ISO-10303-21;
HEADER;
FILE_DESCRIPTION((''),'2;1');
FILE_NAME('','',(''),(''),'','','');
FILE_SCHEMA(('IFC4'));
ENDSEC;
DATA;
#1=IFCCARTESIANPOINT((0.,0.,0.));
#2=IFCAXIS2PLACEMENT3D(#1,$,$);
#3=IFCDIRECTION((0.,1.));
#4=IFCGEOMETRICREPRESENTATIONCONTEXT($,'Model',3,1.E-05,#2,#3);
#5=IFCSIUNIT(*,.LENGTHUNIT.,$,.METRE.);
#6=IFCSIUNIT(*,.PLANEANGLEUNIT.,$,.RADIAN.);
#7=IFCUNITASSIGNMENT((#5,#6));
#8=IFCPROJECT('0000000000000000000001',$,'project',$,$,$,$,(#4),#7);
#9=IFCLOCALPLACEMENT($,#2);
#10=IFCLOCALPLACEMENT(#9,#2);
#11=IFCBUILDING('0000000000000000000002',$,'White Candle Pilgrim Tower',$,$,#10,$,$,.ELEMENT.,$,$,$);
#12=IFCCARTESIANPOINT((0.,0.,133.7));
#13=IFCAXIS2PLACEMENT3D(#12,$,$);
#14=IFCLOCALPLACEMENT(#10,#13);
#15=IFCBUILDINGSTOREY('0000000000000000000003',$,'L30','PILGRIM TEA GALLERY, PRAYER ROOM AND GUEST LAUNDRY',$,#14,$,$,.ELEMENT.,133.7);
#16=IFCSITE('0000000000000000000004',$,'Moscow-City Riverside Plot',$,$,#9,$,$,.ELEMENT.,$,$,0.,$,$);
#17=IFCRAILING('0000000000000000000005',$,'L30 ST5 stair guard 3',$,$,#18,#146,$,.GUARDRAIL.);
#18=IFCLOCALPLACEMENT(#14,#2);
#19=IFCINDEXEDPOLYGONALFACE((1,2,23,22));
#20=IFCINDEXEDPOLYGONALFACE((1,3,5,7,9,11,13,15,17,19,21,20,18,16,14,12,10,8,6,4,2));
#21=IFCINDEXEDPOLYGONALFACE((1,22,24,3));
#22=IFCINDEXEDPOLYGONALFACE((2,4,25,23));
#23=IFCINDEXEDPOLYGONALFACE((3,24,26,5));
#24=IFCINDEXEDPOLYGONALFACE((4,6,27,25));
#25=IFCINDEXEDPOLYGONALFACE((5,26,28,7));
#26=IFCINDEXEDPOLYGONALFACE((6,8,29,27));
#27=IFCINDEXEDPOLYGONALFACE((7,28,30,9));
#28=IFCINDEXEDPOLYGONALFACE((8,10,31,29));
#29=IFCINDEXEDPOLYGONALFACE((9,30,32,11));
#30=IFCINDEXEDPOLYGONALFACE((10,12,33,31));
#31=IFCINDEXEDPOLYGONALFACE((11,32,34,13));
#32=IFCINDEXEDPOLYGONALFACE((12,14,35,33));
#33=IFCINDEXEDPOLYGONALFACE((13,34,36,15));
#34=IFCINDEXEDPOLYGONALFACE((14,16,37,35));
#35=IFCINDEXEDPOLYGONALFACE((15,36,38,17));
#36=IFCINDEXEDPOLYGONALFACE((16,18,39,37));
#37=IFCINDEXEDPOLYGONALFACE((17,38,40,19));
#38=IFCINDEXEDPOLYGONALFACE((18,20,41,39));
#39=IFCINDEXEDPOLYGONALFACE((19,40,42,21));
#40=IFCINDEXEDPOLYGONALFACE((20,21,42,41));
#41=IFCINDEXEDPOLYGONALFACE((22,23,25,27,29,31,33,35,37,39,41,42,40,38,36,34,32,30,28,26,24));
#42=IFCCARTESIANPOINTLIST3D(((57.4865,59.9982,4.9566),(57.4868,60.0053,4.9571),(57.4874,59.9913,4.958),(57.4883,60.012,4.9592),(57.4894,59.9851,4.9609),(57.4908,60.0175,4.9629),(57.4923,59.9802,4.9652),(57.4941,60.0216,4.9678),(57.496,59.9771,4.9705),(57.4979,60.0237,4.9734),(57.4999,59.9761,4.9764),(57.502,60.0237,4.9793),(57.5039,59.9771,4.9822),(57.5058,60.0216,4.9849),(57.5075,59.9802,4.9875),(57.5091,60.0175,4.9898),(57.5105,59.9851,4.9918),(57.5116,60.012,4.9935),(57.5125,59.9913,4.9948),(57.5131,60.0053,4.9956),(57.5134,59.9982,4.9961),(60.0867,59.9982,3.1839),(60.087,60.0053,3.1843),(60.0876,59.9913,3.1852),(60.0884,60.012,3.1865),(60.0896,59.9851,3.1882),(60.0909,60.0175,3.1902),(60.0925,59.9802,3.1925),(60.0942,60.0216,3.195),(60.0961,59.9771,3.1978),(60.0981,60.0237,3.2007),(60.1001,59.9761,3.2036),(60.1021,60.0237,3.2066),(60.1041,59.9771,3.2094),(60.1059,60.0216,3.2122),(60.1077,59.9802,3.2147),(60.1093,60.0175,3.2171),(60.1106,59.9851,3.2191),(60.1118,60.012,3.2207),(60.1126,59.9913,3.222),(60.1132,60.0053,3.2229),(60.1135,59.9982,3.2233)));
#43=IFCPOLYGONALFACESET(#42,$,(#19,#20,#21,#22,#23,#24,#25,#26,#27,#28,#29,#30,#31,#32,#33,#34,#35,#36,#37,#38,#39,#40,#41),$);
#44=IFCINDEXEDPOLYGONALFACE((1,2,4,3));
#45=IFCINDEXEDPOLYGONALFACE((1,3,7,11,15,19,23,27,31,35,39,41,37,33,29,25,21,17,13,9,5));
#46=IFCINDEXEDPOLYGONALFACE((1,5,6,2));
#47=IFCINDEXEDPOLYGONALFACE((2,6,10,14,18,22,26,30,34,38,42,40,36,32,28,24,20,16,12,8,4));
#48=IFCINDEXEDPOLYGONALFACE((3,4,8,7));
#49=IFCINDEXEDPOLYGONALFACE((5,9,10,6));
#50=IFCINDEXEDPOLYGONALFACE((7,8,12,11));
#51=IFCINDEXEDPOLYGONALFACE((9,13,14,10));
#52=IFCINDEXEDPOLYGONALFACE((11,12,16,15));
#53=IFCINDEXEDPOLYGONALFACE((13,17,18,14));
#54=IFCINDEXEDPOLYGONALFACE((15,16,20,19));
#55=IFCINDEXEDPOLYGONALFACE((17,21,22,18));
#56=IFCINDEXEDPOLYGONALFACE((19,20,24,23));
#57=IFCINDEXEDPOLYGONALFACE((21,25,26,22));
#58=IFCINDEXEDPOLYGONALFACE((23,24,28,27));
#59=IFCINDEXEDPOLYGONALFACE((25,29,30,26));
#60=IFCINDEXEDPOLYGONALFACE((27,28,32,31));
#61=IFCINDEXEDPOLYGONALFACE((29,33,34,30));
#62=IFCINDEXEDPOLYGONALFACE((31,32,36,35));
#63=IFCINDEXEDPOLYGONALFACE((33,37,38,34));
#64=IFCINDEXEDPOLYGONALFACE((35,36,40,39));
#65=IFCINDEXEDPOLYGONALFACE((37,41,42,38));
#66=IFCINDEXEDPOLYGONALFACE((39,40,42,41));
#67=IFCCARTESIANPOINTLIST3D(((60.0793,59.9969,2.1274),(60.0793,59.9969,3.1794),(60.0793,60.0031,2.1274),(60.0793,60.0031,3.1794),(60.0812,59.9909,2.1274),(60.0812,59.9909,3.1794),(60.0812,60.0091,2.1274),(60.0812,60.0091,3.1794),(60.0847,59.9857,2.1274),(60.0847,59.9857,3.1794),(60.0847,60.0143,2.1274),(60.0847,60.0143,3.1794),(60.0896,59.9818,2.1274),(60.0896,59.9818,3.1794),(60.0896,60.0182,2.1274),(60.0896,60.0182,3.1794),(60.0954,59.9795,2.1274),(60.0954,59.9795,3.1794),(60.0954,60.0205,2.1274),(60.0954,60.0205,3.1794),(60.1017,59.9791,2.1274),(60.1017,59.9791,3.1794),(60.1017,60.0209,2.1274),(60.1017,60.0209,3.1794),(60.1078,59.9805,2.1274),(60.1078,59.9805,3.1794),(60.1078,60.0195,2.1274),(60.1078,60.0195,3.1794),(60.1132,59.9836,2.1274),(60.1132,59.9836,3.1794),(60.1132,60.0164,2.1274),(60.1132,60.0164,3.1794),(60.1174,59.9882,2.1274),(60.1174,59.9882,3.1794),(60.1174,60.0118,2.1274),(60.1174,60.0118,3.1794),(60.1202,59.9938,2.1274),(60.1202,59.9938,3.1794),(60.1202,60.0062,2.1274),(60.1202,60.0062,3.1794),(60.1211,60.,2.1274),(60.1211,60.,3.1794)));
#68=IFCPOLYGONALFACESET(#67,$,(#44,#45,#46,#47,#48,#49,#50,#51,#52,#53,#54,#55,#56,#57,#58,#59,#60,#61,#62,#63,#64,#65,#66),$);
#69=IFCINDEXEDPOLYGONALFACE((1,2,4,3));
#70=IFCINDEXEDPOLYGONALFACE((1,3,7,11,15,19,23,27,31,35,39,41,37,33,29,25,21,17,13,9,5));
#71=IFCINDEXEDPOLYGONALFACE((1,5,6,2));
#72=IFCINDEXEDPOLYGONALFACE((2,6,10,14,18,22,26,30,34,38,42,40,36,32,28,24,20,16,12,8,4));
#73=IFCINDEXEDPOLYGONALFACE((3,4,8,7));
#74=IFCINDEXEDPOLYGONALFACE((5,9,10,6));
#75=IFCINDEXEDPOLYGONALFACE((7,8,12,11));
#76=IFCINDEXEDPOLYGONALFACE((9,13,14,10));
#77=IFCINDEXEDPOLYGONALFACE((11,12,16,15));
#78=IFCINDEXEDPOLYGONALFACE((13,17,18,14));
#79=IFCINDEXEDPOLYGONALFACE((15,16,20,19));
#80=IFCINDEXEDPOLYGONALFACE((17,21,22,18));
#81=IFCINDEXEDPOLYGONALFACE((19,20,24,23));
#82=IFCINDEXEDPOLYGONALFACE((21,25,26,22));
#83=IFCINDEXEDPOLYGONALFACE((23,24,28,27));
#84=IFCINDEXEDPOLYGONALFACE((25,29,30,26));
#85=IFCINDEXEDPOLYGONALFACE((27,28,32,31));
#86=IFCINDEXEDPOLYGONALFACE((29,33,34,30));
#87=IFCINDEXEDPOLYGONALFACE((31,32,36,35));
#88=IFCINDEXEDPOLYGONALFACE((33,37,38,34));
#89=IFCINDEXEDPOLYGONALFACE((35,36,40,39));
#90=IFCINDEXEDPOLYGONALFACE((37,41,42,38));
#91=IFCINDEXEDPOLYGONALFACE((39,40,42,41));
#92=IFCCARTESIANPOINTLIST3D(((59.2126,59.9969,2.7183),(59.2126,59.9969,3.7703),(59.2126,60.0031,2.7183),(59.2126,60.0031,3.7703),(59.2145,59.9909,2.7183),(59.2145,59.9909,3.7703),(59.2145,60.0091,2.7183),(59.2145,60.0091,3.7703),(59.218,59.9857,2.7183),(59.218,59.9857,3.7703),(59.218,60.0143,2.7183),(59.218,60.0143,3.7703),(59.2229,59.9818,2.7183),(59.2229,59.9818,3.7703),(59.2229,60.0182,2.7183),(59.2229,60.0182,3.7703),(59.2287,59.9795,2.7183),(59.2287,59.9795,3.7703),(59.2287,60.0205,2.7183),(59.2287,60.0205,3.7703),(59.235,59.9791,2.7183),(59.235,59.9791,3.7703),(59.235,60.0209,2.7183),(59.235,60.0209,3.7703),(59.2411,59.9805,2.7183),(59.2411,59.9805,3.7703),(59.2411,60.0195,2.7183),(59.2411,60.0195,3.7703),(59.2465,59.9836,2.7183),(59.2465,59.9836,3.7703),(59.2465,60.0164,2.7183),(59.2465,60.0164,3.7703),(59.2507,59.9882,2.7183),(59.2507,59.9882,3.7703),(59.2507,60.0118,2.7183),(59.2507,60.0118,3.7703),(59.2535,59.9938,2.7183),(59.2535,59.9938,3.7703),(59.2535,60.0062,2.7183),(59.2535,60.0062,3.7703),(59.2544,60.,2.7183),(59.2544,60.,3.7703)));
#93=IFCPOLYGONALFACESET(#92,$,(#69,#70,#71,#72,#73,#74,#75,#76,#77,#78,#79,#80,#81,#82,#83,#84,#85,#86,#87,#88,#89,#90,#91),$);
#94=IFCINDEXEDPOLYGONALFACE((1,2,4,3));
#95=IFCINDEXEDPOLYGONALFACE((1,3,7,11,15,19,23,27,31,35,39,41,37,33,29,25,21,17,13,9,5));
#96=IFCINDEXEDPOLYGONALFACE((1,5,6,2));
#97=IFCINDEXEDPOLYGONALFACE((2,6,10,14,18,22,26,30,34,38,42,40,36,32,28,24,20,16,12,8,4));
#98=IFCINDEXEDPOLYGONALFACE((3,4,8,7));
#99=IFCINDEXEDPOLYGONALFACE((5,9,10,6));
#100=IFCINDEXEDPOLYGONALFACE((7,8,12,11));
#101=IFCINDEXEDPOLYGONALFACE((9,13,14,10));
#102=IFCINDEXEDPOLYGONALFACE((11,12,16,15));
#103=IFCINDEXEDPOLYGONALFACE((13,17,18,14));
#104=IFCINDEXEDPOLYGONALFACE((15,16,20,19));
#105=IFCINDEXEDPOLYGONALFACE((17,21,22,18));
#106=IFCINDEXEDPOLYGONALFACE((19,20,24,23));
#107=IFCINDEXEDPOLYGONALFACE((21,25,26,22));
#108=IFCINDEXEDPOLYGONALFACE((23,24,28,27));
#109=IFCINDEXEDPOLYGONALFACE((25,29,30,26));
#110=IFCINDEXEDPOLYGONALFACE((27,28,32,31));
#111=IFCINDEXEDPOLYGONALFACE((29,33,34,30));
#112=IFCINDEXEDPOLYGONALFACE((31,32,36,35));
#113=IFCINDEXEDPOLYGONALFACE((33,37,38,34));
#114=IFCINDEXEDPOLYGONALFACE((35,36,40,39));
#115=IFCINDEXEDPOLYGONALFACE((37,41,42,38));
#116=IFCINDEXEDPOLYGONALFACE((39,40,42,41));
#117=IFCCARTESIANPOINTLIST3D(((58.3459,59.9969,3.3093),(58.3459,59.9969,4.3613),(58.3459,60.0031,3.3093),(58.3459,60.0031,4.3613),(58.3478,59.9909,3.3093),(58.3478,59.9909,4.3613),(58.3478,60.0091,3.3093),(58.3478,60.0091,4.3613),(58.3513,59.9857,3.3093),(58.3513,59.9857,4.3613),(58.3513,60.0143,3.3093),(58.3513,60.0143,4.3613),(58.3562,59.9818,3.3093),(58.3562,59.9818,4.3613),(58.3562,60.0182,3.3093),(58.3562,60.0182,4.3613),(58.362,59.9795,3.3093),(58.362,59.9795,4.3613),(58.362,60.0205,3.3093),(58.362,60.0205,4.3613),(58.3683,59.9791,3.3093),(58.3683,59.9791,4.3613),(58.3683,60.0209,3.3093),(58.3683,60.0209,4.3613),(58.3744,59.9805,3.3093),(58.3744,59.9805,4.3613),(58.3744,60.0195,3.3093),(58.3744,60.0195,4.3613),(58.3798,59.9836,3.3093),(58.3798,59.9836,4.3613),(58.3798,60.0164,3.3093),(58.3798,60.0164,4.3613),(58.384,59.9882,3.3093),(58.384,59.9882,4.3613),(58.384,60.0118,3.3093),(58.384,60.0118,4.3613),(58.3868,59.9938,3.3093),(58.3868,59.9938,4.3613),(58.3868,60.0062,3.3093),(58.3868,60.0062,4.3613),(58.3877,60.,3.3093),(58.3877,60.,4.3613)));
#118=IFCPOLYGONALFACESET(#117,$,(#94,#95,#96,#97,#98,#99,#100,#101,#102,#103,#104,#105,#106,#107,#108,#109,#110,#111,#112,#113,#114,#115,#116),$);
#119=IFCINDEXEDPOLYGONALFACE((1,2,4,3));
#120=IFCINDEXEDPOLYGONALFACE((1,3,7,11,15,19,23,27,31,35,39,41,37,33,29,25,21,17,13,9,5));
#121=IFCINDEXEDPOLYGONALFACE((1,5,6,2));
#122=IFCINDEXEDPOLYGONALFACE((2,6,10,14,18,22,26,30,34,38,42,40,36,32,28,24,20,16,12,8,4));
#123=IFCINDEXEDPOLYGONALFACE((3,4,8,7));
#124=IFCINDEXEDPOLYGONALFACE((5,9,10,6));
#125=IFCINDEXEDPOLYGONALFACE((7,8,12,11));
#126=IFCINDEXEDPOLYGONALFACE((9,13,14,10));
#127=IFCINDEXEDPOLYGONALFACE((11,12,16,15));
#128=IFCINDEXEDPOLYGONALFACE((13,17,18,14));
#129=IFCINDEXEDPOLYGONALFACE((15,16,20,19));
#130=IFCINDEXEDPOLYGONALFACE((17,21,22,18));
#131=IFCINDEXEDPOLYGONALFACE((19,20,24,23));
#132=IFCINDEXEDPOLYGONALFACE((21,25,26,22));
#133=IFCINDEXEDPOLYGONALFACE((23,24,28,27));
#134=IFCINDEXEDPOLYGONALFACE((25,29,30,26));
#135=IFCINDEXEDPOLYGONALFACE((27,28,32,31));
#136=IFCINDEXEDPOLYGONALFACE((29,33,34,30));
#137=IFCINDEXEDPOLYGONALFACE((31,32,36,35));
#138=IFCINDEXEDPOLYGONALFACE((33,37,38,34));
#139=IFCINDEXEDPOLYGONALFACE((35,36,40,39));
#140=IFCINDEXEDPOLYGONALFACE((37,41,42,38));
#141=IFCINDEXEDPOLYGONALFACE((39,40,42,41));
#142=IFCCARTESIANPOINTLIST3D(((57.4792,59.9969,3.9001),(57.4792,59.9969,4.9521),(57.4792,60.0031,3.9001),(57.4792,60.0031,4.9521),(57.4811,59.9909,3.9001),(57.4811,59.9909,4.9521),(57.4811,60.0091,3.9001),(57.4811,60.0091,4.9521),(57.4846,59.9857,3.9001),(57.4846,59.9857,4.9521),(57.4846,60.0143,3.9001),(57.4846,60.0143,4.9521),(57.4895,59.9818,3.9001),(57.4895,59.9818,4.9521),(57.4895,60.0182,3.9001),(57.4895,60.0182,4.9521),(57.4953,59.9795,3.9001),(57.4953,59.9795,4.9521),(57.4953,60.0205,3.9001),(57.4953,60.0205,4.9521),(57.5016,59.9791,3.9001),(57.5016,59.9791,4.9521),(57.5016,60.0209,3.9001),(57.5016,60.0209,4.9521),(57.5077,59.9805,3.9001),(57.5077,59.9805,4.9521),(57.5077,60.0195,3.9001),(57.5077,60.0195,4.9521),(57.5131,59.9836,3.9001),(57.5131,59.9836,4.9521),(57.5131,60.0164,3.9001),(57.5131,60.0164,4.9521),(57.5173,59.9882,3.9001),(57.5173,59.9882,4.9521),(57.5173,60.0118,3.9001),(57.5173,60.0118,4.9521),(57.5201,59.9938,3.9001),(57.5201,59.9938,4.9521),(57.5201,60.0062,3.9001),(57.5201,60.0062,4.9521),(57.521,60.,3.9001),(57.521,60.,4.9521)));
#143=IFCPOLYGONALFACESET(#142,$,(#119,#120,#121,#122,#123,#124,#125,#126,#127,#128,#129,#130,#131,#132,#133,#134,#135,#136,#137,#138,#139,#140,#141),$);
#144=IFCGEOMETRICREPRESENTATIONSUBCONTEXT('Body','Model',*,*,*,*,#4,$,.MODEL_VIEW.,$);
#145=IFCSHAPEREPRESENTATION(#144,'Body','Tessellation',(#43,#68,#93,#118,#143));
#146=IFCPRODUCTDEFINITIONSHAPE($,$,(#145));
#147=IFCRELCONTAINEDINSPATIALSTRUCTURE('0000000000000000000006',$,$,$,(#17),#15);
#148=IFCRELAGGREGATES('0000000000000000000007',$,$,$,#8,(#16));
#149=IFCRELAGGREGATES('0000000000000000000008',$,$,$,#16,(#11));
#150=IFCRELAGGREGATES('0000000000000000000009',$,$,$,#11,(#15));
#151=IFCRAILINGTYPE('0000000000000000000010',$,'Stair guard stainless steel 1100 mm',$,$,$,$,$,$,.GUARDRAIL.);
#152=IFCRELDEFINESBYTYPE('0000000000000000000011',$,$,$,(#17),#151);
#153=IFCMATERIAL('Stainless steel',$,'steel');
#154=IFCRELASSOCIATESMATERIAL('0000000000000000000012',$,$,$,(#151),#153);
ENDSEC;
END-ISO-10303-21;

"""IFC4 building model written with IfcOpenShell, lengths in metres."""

from ifc_helpers import new_model, si_unit, direction, frame, origin, origin_2d, place, context, subcontext, project, spatial, circle, extrude, material, type_object, element, save


model = new_model("IFC4")

# Units and contexts
model_context = context("Model", 3, precision=1e-05, world=origin(), true_north=direction((0.0, 1.0)))
body_context = subcontext(model_context, "Body", "Model", "MODEL_VIEW")
ifc_project = project(units=[si_unit("LENGTHUNIT", "METRE"), si_unit("PLANEANGLEUNIT", "RADIAN")], contexts=[model_context])

# Site, building, storey
site_placement = place(None, origin())
site = spatial("IfcSite", under=ifc_project, at=site_placement, Name="Moscow-City Riverside Plot", CompositionType="ELEMENT", RefElevation=0.0)
building_placement = place(site_placement, origin())
building = spatial("IfcBuilding", under=site, at=building_placement, Name="White Candle Pilgrim Tower", CompositionType="ELEMENT")
storey_placement = place(building_placement, frame((0.0, 0.0, 133.7)))
storey = spatial("IfcBuildingStorey", under=building, at=storey_placement, Name="L30", Description="PILGRIM TEA GALLERY, PRAYER ROOM AND GUEST LAUNDRY", CompositionType="ELEMENT", Elevation=133.7)

# Railing
ifc_material_1 = material(Name="Stainless steel", Category="steel")
railing_type_1 = type_object("IfcRailingType", Name="Stair guard stainless steel 1100 mm", PredefinedType="GUARDRAIL", material=ifc_material_1)
railing_1_placement = place(storey_placement, frame((60.1001, 60.0, 2.1274)))
element("IfcRailing", 1, at=railing_1_placement, inside=storey, type_object=railing_type_1, Name="L30 ST5 stair guard 3", PredefinedType="GUARDRAIL", context=body_context, shape_type="SweptSolid", body=[
    extrude(circle(Radius=0.0239, at=origin_2d()), frame((0.0, 0.0, 1.0762), z_axis=(-0.82624, 0.0, 0.563318), x_axis=(0.0, -1.0, 0.0)), (0.0, 0.0, 1.0), 3.147),
    extrude(circle(Radius=0.021, at=origin_2d()), origin(), (0.0, 0.0, 1.0), 1.052),
    extrude(circle(Radius=0.021, at=origin_2d()), frame((-0.8667, 0.0, 0.5908)), (0.0, 0.0, 1.0), 1.052),
    extrude(circle(Radius=0.021, at=origin_2d()), frame((-1.7334, 0.0, 1.1819)), (0.0, 0.0, 1.0), 1.052),
    extrude(circle(Radius=0.021, at=origin_2d()), frame((-2.6001, 0.0, 1.7727)), (0.0, 0.0, 1.0), 1.052),
])

save(model, "model.ifc")
